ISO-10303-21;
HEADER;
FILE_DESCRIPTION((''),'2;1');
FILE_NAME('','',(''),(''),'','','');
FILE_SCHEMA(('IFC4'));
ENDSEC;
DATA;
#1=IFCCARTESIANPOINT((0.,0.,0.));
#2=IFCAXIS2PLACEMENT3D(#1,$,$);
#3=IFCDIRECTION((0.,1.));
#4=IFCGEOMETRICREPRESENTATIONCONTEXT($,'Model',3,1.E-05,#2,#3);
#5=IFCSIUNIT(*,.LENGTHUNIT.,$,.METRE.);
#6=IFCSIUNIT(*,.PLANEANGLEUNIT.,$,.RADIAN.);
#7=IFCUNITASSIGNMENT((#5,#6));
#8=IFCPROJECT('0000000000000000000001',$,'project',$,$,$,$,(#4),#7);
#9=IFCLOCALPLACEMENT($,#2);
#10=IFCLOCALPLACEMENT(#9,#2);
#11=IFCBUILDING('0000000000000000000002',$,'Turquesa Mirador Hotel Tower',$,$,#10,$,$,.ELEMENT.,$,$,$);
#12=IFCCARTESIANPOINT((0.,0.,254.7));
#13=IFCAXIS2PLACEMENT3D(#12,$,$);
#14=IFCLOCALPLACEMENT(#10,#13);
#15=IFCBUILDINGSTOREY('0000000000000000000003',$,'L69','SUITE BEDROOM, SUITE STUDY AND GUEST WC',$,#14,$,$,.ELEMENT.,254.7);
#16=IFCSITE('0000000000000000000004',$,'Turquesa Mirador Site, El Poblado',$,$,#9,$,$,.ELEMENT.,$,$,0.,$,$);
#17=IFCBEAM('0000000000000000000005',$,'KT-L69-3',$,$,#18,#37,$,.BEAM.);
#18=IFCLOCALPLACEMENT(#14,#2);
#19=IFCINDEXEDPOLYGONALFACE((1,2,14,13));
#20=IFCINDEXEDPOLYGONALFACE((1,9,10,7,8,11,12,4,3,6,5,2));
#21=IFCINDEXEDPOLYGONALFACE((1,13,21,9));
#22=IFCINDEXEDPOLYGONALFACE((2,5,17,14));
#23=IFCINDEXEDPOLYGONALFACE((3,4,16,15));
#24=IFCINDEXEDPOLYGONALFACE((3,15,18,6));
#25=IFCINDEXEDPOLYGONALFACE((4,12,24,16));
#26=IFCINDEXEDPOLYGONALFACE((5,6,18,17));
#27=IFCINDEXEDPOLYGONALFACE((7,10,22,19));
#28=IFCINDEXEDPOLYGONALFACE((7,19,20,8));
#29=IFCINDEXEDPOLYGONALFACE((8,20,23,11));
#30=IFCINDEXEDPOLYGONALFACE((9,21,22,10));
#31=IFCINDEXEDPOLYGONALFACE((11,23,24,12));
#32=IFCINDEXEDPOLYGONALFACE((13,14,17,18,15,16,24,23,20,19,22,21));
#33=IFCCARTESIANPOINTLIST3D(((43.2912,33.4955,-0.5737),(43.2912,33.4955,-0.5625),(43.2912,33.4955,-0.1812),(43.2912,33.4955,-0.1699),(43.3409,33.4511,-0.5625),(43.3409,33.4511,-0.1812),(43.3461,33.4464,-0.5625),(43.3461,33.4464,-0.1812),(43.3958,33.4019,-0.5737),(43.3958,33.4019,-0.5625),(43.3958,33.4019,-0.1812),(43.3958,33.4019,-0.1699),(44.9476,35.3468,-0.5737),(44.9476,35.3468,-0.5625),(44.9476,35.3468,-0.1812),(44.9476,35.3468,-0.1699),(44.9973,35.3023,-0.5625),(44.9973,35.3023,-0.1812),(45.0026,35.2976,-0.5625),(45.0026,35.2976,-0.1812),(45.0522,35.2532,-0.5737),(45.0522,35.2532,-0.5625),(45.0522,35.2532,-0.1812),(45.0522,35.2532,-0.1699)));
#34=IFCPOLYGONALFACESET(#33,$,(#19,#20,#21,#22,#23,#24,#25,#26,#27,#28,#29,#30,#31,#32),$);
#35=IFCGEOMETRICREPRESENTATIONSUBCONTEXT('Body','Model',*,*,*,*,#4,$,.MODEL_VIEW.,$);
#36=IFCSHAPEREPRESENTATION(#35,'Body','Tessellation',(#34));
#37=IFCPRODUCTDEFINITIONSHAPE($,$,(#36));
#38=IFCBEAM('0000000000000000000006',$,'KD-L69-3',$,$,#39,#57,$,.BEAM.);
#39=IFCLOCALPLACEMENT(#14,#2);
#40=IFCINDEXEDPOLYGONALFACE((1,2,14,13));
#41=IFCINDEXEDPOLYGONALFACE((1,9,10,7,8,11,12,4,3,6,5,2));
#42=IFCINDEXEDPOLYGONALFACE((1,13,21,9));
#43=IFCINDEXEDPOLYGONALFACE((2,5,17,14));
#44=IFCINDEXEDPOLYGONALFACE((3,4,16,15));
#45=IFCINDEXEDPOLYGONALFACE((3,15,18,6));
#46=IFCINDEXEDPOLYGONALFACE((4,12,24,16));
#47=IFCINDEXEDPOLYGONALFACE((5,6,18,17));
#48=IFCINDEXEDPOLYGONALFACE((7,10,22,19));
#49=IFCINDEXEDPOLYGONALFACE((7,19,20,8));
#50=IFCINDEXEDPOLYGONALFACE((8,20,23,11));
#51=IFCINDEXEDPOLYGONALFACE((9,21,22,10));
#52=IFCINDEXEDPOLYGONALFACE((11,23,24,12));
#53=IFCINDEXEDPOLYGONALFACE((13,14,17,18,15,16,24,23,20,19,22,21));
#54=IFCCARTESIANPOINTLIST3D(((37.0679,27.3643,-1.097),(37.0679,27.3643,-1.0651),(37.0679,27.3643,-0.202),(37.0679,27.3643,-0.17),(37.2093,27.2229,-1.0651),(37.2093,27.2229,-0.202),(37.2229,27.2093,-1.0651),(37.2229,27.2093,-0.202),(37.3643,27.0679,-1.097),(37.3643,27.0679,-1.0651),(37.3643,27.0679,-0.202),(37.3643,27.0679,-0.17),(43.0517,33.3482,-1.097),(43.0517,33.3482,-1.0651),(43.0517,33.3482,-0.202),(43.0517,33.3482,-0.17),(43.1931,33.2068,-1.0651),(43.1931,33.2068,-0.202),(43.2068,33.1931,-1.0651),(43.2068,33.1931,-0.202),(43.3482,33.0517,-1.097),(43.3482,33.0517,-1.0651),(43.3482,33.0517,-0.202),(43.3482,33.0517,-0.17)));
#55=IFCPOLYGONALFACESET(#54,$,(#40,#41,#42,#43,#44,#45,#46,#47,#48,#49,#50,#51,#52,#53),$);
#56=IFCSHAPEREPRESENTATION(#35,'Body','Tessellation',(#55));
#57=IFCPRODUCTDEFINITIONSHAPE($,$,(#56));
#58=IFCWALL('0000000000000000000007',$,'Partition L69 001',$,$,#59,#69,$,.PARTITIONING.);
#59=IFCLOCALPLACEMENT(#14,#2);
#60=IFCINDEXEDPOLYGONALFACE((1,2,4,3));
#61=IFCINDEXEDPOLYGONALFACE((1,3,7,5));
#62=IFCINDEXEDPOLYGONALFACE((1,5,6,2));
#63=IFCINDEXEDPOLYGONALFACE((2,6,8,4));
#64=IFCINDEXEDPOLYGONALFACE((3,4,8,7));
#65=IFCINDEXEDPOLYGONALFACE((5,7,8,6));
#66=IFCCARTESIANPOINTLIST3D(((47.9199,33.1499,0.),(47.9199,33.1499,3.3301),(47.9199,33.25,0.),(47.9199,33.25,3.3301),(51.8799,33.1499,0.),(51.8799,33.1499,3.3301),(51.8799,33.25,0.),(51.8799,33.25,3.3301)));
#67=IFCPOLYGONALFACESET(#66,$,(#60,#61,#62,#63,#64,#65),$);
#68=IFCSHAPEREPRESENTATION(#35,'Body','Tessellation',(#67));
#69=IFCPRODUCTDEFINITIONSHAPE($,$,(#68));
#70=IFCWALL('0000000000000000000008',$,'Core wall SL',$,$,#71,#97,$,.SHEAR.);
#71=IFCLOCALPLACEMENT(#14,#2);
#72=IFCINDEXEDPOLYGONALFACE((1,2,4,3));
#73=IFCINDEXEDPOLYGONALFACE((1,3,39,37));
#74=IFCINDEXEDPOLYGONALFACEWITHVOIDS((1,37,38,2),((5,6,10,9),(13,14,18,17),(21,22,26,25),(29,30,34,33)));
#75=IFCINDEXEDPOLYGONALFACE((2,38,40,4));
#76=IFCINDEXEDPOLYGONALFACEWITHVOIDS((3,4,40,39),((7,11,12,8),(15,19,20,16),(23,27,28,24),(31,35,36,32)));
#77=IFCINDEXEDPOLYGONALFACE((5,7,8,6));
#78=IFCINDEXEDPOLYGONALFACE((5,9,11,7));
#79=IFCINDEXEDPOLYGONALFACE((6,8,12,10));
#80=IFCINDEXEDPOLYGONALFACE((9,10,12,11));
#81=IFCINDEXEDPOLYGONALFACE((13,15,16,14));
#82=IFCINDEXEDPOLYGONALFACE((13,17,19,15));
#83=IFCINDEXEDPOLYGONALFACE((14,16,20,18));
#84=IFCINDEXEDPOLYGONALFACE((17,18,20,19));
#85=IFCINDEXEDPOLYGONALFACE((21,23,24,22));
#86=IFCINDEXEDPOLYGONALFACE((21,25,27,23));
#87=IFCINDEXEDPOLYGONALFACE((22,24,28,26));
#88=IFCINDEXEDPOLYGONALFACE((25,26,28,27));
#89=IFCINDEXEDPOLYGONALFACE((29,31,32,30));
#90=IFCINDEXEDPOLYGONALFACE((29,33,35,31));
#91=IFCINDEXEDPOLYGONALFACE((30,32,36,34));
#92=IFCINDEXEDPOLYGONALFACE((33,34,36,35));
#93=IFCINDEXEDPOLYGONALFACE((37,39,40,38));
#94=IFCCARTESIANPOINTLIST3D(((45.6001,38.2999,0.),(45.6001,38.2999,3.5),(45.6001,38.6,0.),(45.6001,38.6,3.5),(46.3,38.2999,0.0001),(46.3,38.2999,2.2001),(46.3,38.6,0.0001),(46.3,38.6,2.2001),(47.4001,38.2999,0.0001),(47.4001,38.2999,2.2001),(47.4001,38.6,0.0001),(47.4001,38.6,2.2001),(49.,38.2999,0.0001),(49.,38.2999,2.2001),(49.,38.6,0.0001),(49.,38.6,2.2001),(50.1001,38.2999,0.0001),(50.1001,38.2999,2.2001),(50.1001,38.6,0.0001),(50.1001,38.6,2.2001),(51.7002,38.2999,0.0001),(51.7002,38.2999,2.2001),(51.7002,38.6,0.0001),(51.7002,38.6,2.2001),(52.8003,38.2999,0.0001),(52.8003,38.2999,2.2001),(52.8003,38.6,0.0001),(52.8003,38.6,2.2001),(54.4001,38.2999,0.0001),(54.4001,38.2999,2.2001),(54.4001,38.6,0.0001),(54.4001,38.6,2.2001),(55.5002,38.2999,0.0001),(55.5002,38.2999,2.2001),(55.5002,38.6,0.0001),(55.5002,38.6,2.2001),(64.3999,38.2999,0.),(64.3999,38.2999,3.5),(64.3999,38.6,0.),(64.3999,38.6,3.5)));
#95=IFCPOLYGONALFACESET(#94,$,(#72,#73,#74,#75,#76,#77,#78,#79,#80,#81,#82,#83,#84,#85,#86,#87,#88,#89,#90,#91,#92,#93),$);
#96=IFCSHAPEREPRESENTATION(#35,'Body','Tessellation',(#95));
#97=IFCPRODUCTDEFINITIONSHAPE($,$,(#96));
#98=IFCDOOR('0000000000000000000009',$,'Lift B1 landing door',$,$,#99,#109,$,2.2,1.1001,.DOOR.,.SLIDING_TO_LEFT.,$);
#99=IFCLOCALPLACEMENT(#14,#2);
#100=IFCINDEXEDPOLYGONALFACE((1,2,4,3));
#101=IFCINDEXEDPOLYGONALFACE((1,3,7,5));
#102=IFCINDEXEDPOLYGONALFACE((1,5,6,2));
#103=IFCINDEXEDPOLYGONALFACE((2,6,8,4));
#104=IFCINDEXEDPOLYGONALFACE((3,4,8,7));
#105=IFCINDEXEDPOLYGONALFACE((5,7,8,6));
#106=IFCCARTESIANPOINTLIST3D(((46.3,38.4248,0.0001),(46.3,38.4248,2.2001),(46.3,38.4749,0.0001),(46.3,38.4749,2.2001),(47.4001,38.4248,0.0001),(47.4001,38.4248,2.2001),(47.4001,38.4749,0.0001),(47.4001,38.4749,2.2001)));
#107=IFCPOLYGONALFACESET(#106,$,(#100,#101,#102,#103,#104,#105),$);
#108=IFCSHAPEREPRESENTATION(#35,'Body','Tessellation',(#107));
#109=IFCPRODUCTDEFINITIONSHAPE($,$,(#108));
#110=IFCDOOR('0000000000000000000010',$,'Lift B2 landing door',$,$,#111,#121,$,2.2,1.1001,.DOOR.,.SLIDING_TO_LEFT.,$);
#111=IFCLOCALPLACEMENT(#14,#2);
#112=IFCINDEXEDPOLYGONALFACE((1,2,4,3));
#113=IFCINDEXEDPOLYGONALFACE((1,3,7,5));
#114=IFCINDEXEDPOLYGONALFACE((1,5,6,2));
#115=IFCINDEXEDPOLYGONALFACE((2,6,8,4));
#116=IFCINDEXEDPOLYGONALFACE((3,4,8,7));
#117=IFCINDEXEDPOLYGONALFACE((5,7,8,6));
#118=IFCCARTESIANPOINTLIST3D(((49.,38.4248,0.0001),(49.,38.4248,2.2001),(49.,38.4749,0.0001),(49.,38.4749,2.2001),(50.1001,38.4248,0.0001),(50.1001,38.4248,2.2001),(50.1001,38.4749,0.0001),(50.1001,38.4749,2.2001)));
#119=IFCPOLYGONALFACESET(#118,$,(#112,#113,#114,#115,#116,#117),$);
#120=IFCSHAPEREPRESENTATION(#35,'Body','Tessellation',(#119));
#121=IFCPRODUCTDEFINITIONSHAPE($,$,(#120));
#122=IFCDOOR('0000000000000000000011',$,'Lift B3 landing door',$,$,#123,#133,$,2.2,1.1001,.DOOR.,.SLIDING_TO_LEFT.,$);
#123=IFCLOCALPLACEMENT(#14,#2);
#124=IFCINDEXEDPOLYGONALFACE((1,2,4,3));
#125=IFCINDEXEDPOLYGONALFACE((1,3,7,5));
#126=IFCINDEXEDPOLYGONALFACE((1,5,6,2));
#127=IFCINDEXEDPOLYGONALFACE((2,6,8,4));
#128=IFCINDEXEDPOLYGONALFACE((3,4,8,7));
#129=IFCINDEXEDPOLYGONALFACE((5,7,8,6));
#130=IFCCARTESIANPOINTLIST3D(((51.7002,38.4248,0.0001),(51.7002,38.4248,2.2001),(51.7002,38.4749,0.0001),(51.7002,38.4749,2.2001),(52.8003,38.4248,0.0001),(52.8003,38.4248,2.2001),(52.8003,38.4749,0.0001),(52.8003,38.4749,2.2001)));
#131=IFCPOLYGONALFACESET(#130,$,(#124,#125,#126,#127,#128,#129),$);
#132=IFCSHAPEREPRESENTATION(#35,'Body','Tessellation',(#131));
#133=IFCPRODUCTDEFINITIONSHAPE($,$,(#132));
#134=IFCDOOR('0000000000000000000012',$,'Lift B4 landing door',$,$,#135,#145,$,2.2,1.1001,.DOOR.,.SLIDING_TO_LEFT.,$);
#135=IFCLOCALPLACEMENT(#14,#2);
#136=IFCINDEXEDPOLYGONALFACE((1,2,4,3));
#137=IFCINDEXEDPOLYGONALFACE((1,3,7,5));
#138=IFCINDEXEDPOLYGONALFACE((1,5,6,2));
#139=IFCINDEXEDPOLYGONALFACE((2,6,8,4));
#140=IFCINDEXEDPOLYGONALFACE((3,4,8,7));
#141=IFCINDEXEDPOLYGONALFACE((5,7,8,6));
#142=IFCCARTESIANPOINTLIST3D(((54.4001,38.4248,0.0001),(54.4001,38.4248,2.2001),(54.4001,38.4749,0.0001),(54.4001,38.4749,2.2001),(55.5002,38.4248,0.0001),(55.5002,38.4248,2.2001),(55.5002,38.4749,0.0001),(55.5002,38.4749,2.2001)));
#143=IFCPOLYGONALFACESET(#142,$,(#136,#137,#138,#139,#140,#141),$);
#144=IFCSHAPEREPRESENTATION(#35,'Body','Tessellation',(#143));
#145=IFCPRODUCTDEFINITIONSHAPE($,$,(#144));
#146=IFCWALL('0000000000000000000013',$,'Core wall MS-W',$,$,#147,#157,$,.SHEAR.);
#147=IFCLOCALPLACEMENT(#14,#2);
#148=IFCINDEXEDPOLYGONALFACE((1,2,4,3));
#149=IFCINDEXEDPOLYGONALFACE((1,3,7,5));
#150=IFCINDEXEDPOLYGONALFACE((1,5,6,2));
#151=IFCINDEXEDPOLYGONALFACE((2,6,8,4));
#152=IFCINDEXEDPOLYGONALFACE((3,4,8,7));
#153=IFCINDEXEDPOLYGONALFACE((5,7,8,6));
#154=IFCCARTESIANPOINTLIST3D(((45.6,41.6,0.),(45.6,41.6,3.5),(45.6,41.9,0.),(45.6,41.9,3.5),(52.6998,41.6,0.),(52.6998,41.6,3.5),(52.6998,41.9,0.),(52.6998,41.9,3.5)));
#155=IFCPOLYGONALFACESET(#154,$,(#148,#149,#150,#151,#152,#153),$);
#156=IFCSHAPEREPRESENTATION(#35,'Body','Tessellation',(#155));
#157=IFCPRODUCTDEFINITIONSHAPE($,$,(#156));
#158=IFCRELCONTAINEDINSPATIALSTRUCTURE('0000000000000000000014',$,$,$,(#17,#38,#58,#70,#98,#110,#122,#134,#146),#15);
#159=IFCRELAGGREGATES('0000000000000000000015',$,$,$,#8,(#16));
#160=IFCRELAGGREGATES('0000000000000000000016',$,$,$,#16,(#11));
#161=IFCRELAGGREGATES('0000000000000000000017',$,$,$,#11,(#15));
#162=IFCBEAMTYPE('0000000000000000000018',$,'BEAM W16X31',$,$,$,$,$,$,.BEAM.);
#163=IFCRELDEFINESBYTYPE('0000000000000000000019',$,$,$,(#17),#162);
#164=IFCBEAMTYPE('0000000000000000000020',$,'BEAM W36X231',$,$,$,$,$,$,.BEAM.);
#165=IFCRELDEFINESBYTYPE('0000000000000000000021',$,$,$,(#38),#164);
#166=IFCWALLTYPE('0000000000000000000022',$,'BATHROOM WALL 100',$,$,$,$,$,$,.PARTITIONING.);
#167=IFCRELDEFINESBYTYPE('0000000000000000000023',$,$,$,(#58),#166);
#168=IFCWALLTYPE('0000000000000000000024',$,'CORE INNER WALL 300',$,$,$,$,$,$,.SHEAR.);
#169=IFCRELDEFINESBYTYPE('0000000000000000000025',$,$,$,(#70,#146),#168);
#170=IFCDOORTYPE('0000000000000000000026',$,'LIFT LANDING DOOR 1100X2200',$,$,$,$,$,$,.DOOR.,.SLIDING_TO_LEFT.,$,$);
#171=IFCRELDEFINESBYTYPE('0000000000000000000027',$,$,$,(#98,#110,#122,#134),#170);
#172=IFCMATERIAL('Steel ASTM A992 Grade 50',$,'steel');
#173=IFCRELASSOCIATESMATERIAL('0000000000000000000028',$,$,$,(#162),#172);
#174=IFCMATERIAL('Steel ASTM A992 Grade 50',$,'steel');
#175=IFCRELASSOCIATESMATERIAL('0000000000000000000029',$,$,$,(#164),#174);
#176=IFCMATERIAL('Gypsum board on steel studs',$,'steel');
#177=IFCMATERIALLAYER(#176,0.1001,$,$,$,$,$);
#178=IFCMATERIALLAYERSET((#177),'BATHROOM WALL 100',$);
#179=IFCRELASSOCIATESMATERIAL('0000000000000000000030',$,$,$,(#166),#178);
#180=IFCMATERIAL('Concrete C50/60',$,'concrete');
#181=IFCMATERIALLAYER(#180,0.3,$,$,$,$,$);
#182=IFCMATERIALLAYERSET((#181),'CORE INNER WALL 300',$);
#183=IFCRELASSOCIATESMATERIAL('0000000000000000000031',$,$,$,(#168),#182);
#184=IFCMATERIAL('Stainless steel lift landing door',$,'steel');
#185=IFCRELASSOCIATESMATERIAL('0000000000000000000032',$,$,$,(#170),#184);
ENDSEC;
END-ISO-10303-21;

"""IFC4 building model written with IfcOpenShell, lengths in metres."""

from ifc_helpers import new_model, si_unit, direction, frame, frame_2d, origin, origin_2d, place, context, subcontext, project, spatial, rectangle, i_section, extrude, material, layer, layer_set, material_profile, profile_set, type_object, element, fill, save


model = new_model("IFC4")

# Units and contexts
model_context = context("Model", 3, precision=1e-05, world=origin(), true_north=direction((0.0, 1.0)))
body_context = subcontext(model_context, "Body", "Model", "MODEL_VIEW")
ifc_project = project(units=[si_unit("LENGTHUNIT", "METRE"), si_unit("PLANEANGLEUNIT", "RADIAN")], contexts=[model_context])

# Site, building, storey
site_placement = place(None, origin())
site = spatial("IfcSite", under=ifc_project, at=site_placement, Name="Turquesa Mirador Site, El Poblado", CompositionType="ELEMENT", RefElevation=0.0)
building_placement = place(site_placement, origin())
building = spatial("IfcBuilding", under=site, at=building_placement, Name="Turquesa Mirador Hotel Tower", CompositionType="ELEMENT")
storey_placement = place(building_placement, frame((0.0, 0.0, 254.7)))
storey = spatial("IfcBuildingStorey", under=building, at=storey_placement, Name="L69", Description="SUITE BEDROOM, SUITE STUDY AND GUEST WC", CompositionType="ELEMENT", Elevation=254.7)

# Beams
ifc_material_1 = material(Name="Steel ASTM A992 Grade 50", Category="steel")
ifc_material_profile_1 = material_profile(ifc_material_1, i_section(OverallWidth=0.1404, OverallDepth=0.4038, WebThickness=0.0071, FlangeThickness=0.0112, at=origin_2d()), Name="W16X31")
ifc_profile_set_1 = profile_set([ifc_material_profile_1], Name="Steel ASTM A992 Grade 50")
beam_type_1 = type_object("IfcBeamType", Name="BEAM W16X31", PredefinedType="BEAM", material=ifc_profile_set_1)
beam_1_placement = place(storey_placement, frame((43.3435, 33.4487, -0.3718), z_axis=(0.666806, 0.745231, 0.0), x_axis=(-0.745231, 0.666806, 0.0)))
element("IfcBeam", 1, at=beam_1_placement, inside=storey, type_object=beam_type_1, Name="KT-L69-3", PredefinedType="BEAM", context=body_context, shape_type="SweptSolid", body=[
    extrude(i_section(OverallWidth=0.1404, OverallDepth=0.4038, WebThickness=0.0071, FlangeThickness=0.0112, at=origin_2d()), origin(), (0.0, 0.0, 1.0), 2.4841),
])
ifc_material_2 = material(Name="Steel ASTM A992 Grade 50", Category="steel")
ifc_material_profile_2 = material_profile(ifc_material_2, i_section(OverallWidth=0.4192, OverallDepth=0.927, WebThickness=0.0193, FlangeThickness=0.032, at=origin_2d()), Name="W36X231")
ifc_profile_set_2 = profile_set([ifc_material_profile_2], Name="Steel ASTM A992 Grade 50")
beam_type_2 = type_object("IfcBeamType", Name="BEAM W36X231", PredefinedType="BEAM", material=ifc_profile_set_2)
beam_2_placement = place(storey_placement, frame((43.2, 33.2, -0.6335), z_axis=(-0.707107, -0.707107, 0.0), x_axis=(0.707107, -0.707107, 0.0)))
element("IfcBeam", 2, at=beam_2_placement, inside=storey, type_object=beam_type_2, Name="KD-L69-3", PredefinedType="BEAM", context=body_context, shape_type="SweptSolid", body=[
    extrude(i_section(OverallWidth=0.4192, OverallDepth=0.927, WebThickness=0.0193, FlangeThickness=0.032, at=origin_2d()), origin(), (0.0, 0.0, 1.0), 8.4624),
])

# Wall
ifc_material_3 = material(Name="Gypsum board on steel studs", Category="steel")
ifc_layer_1 = layer(ifc_material_3, 0.1001)
ifc_layer_set_1 = layer_set([ifc_layer_1], Name="BATHROOM WALL 100")
wall_type_1 = type_object("IfcWallType", Name="BATHROOM WALL 100", PredefinedType="PARTITIONING", material=ifc_layer_set_1)
wall_1_placement = place(storey_placement, frame((47.9199, 33.2, 0.0), z_axis=(0.0, 0.0, 1.0), x_axis=(1.0, 0.0, 0.0)))
element("IfcWall", 3, at=wall_1_placement, inside=storey, type_object=wall_type_1, Name="Partition L69 001", PredefinedType="PARTITIONING", context=body_context, shape_type="SweptSolid", body=[
    extrude(rectangle(XDim=3.96, YDim=0.1001, at=frame_2d((1.98, 0.0))), origin(), (0.0, 0.0, 1.0), 3.3301),
])

# Wall, openings, doors
ifc_material_4 = material(Name="Concrete C50/60", Category="concrete")
ifc_layer_2 = layer(ifc_material_4, 0.3)
ifc_layer_set_2 = layer_set([ifc_layer_2], Name="CORE INNER WALL 300")
wall_type_2 = type_object("IfcWallType", Name="CORE INNER WALL 300", PredefinedType="SHEAR", material=ifc_layer_set_2)
wall_2_placement = place(storey_placement, frame((45.6001, 38.45, 0.0), z_axis=(0.0, 0.0, 1.0), x_axis=(1.0, 0.0, 0.0)))
wall_2 = element("IfcWall", 4, at=wall_2_placement, inside=storey, type_object=wall_type_2, Name="Core wall SL", PredefinedType="SHEAR", context=body_context, shape_type="SweptSolid", body=[
    extrude(rectangle(XDim=18.7998, YDim=0.3, at=frame_2d((9.3999, 0.0))), origin(), (0.0, 0.0, 1.0), 3.5),
])
opening_1_placement = place(wall_2_placement, frame((0.7, 0.0, 0.0)))
opening_1 = element("IfcOpeningElement", 5, at=opening_1_placement, cuts=wall_2, PredefinedType="OPENING", context=body_context, shape_type="SweptSolid", body=[
    extrude(rectangle(XDim=1.1001, YDim=2.2, at=frame_2d((0.55, 1.1001))), frame((0.0, 0.1599, 0.0), z_axis=(0.0, -1.0, 0.0), x_axis=(1.0, 0.0, 0.0)), (0.0, 0.0, 1.0), 0.3201),
])
opening_2_placement = place(wall_2_placement, frame((3.3999, 0.0, 0.0)))
opening_2 = element("IfcOpeningElement", 6, at=opening_2_placement, cuts=wall_2, PredefinedType="OPENING", context=body_context, shape_type="SweptSolid", body=[
    extrude(rectangle(XDim=1.1001, YDim=2.2, at=frame_2d((0.55, 1.1001))), frame((0.0, 0.1599, 0.0), z_axis=(0.0, -1.0, 0.0), x_axis=(1.0, 0.0, 0.0)), (0.0, 0.0, 1.0), 0.3201),
])
opening_3_placement = place(wall_2_placement, frame((6.1001, 0.0, 0.0)))
opening_3 = element("IfcOpeningElement", 7, at=opening_3_placement, cuts=wall_2, PredefinedType="OPENING", context=body_context, shape_type="SweptSolid", body=[
    extrude(rectangle(XDim=1.1001, YDim=2.2, at=frame_2d((0.55, 1.1001))), frame((0.0, 0.1599, 0.0), z_axis=(0.0, -1.0, 0.0), x_axis=(1.0, 0.0, 0.0)), (0.0, 0.0, 1.0), 0.3201),
])
opening_4_placement = place(wall_2_placement, frame((8.8, 0.0, 0.0)))
opening_4 = element("IfcOpeningElement", 8, at=opening_4_placement, cuts=wall_2, PredefinedType="OPENING", context=body_context, shape_type="SweptSolid", body=[
    extrude(rectangle(XDim=1.1001, YDim=2.2, at=frame_2d((0.55, 1.1001))), frame((0.0, 0.1599, 0.0), z_axis=(0.0, -1.0, 0.0), x_axis=(1.0, 0.0, 0.0)), (0.0, 0.0, 1.0), 0.3201),
])
ifc_material_5 = material(Name="Stainless steel lift landing door", Category="steel")
door_type_1 = type_object("IfcDoorType", Name="LIFT LANDING DOOR 1100X2200", OperationType="SLIDING_TO_LEFT", PredefinedType="DOOR", material=ifc_material_5)
door_1_placement = place(opening_1_placement, origin())
door_1 = element("IfcDoor", 9, at=door_1_placement, inside=storey, type_object=door_type_1, Name="Lift B1 landing door", OperationType="SLIDING_TO_LEFT", OverallHeight=2.2, OverallWidth=1.1001, PredefinedType="DOOR", context=body_context, shape_type="SweptSolid", body=[
    extrude(rectangle(XDim=1.1001, YDim=2.2, at=frame_2d((0.55, 1.1001))), frame((0.0, 0.0249, 0.0), z_axis=(0.0, -1.0, 0.0), x_axis=(1.0, 0.0, 0.0)), (0.0, 0.0, 1.0), 0.05),
])
fill(opening_1, door_1)
door_2_placement = place(opening_2_placement, origin())
door_2 = element("IfcDoor", 10, at=door_2_placement, inside=storey, type_object=door_type_1, Name="Lift B2 landing door", OperationType="SLIDING_TO_LEFT", OverallHeight=2.2, OverallWidth=1.1001, PredefinedType="DOOR", context=body_context, shape_type="SweptSolid", body=[
    extrude(rectangle(XDim=1.1001, YDim=2.2, at=frame_2d((0.55, 1.1001))), frame((0.0, 0.0249, 0.0), z_axis=(0.0, -1.0, 0.0), x_axis=(1.0, 0.0, 0.0)), (0.0, 0.0, 1.0), 0.05),
])
fill(opening_2, door_2)
door_3_placement = place(opening_3_placement, origin())
door_3 = element("IfcDoor", 11, at=door_3_placement, inside=storey, type_object=door_type_1, Name="Lift B3 landing door", OperationType="SLIDING_TO_LEFT", OverallHeight=2.2, OverallWidth=1.1001, PredefinedType="DOOR", context=body_context, shape_type="SweptSolid", body=[
    extrude(rectangle(XDim=1.1001, YDim=2.2, at=frame_2d((0.55, 1.1001))), frame((0.0, 0.0249, 0.0), z_axis=(0.0, -1.0, 0.0), x_axis=(1.0, 0.0, 0.0)), (0.0, 0.0, 1.0), 0.05),
])
fill(opening_3, door_3)
door_4_placement = place(opening_4_placement, origin())
door_4 = element("IfcDoor", 12, at=door_4_placement, inside=storey, type_object=door_type_1, Name="Lift B4 landing door", OperationType="SLIDING_TO_LEFT", OverallHeight=2.2, OverallWidth=1.1001, PredefinedType="DOOR", context=body_context, shape_type="SweptSolid", body=[
    extrude(rectangle(XDim=1.1001, YDim=2.2, at=frame_2d((0.55, 1.1001))), frame((0.0, 0.0249, 0.0), z_axis=(0.0, -1.0, 0.0), x_axis=(1.0, 0.0, 0.0)), (0.0, 0.0, 1.0), 0.05),
])
fill(opening_4, door_4)

# Wall
wall_3_placement = place(storey_placement, frame((45.6001, 41.75, 0.0), z_axis=(0.0, 0.0, 1.0), x_axis=(1.0, 0.0, 0.0)))
element("IfcWall", 13, at=wall_3_placement, inside=storey, type_object=wall_type_2, Name="Core wall MS-W", PredefinedType="SHEAR", context=body_context, shape_type="SweptSolid", body=[
    extrude(rectangle(XDim=7.0999, YDim=0.3, at=frame_2d((3.5498, 0.0))), origin(), (0.0, 0.0, 1.0), 3.5),
])

save(model, "model.ifc")
